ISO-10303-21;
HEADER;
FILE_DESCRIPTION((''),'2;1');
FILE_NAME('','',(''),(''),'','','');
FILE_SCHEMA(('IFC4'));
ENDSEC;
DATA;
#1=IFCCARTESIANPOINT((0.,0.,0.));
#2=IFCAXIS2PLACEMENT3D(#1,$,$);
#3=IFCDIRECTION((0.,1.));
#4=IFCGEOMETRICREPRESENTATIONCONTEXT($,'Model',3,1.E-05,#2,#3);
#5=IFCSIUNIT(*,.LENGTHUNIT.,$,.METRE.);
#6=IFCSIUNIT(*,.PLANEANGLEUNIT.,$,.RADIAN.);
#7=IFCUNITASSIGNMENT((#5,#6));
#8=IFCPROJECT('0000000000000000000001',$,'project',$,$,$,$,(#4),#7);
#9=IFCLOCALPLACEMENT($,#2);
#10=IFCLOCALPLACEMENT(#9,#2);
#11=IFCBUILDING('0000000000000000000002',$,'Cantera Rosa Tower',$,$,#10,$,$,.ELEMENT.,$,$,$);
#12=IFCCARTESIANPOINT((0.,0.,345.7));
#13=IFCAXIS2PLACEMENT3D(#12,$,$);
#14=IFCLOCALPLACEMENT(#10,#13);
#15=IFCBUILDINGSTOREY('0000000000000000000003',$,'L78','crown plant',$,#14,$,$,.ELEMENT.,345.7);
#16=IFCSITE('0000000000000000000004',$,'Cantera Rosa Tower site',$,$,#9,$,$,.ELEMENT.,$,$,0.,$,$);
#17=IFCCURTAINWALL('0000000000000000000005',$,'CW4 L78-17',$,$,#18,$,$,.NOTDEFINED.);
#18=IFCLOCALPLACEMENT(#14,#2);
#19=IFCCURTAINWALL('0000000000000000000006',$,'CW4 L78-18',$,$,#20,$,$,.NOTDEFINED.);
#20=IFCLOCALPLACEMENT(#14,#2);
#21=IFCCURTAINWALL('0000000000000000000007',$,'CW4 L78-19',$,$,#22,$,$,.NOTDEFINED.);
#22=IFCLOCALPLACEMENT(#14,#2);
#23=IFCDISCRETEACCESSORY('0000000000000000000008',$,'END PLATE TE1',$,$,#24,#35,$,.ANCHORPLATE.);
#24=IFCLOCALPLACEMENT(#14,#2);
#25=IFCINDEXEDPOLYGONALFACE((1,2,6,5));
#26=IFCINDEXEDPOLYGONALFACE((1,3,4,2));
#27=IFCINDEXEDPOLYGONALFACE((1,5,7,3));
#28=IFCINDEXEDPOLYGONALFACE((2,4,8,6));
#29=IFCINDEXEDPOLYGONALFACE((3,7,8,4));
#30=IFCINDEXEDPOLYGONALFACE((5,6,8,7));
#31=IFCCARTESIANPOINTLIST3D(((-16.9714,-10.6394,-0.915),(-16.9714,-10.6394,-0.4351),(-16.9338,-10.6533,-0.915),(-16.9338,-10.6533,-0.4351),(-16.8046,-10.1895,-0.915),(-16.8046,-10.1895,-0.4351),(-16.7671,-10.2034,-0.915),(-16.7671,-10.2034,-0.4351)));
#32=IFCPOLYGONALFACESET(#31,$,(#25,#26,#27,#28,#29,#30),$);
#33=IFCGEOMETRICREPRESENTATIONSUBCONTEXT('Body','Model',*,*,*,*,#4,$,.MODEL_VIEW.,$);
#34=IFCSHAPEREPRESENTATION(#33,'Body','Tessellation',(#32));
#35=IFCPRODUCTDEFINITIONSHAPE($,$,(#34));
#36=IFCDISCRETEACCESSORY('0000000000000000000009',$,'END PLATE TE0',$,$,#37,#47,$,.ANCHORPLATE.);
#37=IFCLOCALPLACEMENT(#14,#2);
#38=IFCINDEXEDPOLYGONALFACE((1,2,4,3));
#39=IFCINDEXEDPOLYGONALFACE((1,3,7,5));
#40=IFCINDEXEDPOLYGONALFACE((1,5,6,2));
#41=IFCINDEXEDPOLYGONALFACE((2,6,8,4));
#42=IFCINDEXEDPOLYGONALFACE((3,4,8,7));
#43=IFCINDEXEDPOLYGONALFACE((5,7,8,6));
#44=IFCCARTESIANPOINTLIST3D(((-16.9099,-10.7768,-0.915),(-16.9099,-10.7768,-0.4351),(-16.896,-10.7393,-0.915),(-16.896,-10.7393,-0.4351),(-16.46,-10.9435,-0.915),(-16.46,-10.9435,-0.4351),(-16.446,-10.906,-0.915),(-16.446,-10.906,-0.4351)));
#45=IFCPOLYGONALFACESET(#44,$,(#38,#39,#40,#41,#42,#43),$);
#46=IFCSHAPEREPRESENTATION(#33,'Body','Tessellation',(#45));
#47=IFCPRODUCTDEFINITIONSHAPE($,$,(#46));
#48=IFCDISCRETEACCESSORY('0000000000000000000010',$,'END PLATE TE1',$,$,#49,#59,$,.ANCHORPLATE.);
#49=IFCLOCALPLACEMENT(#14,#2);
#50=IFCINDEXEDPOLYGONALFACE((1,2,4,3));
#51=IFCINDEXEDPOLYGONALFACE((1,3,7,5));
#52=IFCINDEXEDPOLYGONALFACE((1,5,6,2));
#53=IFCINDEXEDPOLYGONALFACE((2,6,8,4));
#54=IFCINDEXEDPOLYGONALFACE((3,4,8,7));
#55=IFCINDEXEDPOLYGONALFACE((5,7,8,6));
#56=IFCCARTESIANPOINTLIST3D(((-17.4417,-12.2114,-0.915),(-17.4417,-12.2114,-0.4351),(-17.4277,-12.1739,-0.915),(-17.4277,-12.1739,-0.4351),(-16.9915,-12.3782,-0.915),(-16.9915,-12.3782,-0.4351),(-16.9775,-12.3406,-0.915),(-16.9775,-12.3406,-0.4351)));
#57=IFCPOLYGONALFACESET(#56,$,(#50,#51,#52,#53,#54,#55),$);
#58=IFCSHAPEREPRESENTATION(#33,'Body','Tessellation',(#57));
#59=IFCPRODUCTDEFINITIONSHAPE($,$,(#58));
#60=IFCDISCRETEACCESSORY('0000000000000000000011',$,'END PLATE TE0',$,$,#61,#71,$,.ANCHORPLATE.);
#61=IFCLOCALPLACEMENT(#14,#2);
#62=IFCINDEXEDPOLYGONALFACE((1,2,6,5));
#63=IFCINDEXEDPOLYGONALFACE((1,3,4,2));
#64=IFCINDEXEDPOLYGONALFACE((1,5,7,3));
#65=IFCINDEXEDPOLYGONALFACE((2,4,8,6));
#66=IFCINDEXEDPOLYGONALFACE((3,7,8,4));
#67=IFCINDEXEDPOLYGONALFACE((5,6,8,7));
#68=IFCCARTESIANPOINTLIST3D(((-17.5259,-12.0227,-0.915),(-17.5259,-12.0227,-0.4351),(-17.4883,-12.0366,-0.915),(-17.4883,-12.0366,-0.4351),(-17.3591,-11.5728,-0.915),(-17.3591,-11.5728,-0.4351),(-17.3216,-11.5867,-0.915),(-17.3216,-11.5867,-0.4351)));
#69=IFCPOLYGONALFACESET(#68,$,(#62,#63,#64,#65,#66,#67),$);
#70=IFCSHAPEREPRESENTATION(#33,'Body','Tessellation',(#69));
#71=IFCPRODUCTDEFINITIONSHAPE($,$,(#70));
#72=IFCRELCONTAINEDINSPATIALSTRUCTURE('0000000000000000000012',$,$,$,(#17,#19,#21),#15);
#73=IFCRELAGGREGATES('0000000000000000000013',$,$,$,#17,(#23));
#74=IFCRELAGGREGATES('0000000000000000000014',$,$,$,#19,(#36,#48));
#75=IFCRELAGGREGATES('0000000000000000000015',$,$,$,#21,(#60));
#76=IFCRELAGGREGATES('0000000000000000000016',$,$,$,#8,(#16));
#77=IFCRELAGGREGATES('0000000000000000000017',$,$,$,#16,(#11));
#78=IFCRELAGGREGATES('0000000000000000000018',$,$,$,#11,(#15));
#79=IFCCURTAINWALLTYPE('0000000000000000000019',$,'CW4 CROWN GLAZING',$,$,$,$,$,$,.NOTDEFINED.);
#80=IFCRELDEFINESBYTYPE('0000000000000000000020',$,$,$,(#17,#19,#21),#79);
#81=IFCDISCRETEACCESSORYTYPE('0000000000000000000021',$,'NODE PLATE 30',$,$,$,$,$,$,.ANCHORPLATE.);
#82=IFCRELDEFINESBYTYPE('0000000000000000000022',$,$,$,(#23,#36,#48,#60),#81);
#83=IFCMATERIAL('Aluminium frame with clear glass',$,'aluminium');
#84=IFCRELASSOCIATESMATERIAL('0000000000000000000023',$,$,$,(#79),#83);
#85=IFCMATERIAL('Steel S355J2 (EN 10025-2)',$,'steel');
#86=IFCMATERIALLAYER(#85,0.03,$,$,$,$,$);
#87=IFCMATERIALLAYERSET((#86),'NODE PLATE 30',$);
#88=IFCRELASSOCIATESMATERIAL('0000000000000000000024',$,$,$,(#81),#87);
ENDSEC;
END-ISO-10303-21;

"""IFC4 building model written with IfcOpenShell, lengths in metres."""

from ifc_helpers import new_model, si_unit, direction, frame, origin, place, context, subcontext, project, spatial, polyline, outline, extrude, material, layer, layer_set, type_object, element, aggregate, save


model = new_model("IFC4")

# Units and contexts
model_context = context("Model", 3, precision=1e-05, world=origin(), true_north=direction((0.0, 1.0)))
body_context = subcontext(model_context, "Body", "Model", "MODEL_VIEW")
ifc_project = project(units=[si_unit("LENGTHUNIT", "METRE"), si_unit("PLANEANGLEUNIT", "RADIAN")], contexts=[model_context])

# Site, building, storey
site_placement = place(None, origin())
site = spatial("IfcSite", under=ifc_project, at=site_placement, Name="Cantera Rosa Tower site", CompositionType="ELEMENT", RefElevation=0.0)
building_placement = place(site_placement, origin())
building = spatial("IfcBuilding", under=site, at=building_placement, Name="Cantera Rosa Tower", CompositionType="ELEMENT")
storey_placement = place(building_placement, frame((0.0, 0.0, 345.7)))
storey = spatial("IfcBuildingStorey", under=building, at=storey_placement, Name="L78", Description="crown plant", CompositionType="ELEMENT", Elevation=345.7)

# Curtain walls
ifc_material_1 = material(Name="Aluminium frame with clear glass", Category="aluminium")
curtain_wall_type = type_object("IfcCurtainWallType", Name="CW4 CROWN GLAZING", PredefinedType="NOTDEFINED", material=ifc_material_1)
curtain_wall_1_placement = place(storey_placement, origin())
curtain_wall_1 = element("IfcCurtainWall", 1, at=curtain_wall_1_placement, inside=storey, type_object=curtain_wall_type, Name="CW4 L78-17", PredefinedType="NOTDEFINED")
curtain_wall_2_placement = place(storey_placement, origin())
curtain_wall_2 = element("IfcCurtainWall", 2, at=curtain_wall_2_placement, inside=storey, type_object=curtain_wall_type, Name="CW4 L78-18", PredefinedType="NOTDEFINED")
curtain_wall_3_placement = place(storey_placement, origin())
curtain_wall_3 = element("IfcCurtainWall", 3, at=curtain_wall_3_placement, inside=storey, type_object=curtain_wall_type, Name="CW4 L78-19", PredefinedType="NOTDEFINED")

# Shared definitions
ifc_material_2 = material(Name="Steel S355J2 (EN 10025-2)", Category="steel")
ifc_layer_1 = layer(ifc_material_2, 0.03)
ifc_layer_set_1 = layer_set([ifc_layer_1], Name="NODE PLATE 30")
discrete_accessory_type = type_object("IfcDiscreteAccessoryType", Name="NODE PLATE 30", PredefinedType="ANCHORPLATE", material=ifc_layer_set_1)

# Discrete accessories
discrete_accessory_1_placement = place(storey_placement, frame((-16.7671, -10.2034, -0.4351), z_axis=(0.937681, -0.347497, 0.0), x_axis=(-0.347497, -0.937681, 0.0)))
discrete_accessory_1 = element("IfcDiscreteAccessory", 4, at=discrete_accessory_1_placement, type_object=discrete_accessory_type, Name="END PLATE TE1", PredefinedType="ANCHORPLATE", context=body_context, shape_type="SweptSolid", body=[
    extrude(outline(polyline([(0.0, 0.0), (0.4799, 0.0), (0.4799, 0.48), (0.0, 0.48), (0.0, 0.0)])), origin(), (0.0, 0.0, -1.0), 0.04),
])
aggregate(curtain_wall_1, [discrete_accessory_1])
discrete_accessory_2_placement = place(storey_placement, frame((-16.896, -10.7393, -0.4351), z_axis=(0.347497, 0.937681, 0.0), x_axis=(0.937681, -0.347497, 0.0)))
discrete_accessory_2 = element("IfcDiscreteAccessory", 5, at=discrete_accessory_2_placement, type_object=discrete_accessory_type, Name="END PLATE TE0", PredefinedType="ANCHORPLATE", context=body_context, shape_type="SweptSolid", body=[
    extrude(outline(polyline([(0.0, 0.0), (0.4799, 0.0), (0.4799, 0.48), (0.0, 0.48), (0.0, 0.0)])), origin(), (0.0, 0.0, -1.0), 0.04),
])
discrete_accessory_3_placement = place(storey_placement, frame((-16.9915, -12.3782, -0.4351), z_axis=(-0.347331, -0.937743, 0.0), x_axis=(-0.937743, 0.347331, 0.0)))
discrete_accessory_3 = element("IfcDiscreteAccessory", 6, at=discrete_accessory_3_placement, type_object=discrete_accessory_type, Name="END PLATE TE1", PredefinedType="ANCHORPLATE", context=body_context, shape_type="SweptSolid", body=[
    extrude(outline(polyline([(0.0, 0.0), (0.4801, 0.0), (0.4801, 0.48), (0.0, 0.48), (0.0, 0.0)])), origin(), (0.0, 0.0, -1.0), 0.04),
])
aggregate(curtain_wall_2, [discrete_accessory_2, discrete_accessory_3])
discrete_accessory_4_placement = place(storey_placement, frame((-17.5259, -12.0227, -0.4351), z_axis=(-0.937681, 0.347497, 0.0), x_axis=(0.347497, 0.937681, 0.0)))
discrete_accessory_4 = element("IfcDiscreteAccessory", 7, at=discrete_accessory_4_placement, type_object=discrete_accessory_type, Name="END PLATE TE0", PredefinedType="ANCHORPLATE", context=body_context, shape_type="SweptSolid", body=[
    extrude(outline(polyline([(0.0, 0.0), (0.4799, 0.0), (0.4799, 0.48), (0.0, 0.48), (0.0, 0.0)])), origin(), (0.0, 0.0, -1.0), 0.04),
])
aggregate(curtain_wall_3, [discrete_accessory_4])

save(model, "model.ifc")
